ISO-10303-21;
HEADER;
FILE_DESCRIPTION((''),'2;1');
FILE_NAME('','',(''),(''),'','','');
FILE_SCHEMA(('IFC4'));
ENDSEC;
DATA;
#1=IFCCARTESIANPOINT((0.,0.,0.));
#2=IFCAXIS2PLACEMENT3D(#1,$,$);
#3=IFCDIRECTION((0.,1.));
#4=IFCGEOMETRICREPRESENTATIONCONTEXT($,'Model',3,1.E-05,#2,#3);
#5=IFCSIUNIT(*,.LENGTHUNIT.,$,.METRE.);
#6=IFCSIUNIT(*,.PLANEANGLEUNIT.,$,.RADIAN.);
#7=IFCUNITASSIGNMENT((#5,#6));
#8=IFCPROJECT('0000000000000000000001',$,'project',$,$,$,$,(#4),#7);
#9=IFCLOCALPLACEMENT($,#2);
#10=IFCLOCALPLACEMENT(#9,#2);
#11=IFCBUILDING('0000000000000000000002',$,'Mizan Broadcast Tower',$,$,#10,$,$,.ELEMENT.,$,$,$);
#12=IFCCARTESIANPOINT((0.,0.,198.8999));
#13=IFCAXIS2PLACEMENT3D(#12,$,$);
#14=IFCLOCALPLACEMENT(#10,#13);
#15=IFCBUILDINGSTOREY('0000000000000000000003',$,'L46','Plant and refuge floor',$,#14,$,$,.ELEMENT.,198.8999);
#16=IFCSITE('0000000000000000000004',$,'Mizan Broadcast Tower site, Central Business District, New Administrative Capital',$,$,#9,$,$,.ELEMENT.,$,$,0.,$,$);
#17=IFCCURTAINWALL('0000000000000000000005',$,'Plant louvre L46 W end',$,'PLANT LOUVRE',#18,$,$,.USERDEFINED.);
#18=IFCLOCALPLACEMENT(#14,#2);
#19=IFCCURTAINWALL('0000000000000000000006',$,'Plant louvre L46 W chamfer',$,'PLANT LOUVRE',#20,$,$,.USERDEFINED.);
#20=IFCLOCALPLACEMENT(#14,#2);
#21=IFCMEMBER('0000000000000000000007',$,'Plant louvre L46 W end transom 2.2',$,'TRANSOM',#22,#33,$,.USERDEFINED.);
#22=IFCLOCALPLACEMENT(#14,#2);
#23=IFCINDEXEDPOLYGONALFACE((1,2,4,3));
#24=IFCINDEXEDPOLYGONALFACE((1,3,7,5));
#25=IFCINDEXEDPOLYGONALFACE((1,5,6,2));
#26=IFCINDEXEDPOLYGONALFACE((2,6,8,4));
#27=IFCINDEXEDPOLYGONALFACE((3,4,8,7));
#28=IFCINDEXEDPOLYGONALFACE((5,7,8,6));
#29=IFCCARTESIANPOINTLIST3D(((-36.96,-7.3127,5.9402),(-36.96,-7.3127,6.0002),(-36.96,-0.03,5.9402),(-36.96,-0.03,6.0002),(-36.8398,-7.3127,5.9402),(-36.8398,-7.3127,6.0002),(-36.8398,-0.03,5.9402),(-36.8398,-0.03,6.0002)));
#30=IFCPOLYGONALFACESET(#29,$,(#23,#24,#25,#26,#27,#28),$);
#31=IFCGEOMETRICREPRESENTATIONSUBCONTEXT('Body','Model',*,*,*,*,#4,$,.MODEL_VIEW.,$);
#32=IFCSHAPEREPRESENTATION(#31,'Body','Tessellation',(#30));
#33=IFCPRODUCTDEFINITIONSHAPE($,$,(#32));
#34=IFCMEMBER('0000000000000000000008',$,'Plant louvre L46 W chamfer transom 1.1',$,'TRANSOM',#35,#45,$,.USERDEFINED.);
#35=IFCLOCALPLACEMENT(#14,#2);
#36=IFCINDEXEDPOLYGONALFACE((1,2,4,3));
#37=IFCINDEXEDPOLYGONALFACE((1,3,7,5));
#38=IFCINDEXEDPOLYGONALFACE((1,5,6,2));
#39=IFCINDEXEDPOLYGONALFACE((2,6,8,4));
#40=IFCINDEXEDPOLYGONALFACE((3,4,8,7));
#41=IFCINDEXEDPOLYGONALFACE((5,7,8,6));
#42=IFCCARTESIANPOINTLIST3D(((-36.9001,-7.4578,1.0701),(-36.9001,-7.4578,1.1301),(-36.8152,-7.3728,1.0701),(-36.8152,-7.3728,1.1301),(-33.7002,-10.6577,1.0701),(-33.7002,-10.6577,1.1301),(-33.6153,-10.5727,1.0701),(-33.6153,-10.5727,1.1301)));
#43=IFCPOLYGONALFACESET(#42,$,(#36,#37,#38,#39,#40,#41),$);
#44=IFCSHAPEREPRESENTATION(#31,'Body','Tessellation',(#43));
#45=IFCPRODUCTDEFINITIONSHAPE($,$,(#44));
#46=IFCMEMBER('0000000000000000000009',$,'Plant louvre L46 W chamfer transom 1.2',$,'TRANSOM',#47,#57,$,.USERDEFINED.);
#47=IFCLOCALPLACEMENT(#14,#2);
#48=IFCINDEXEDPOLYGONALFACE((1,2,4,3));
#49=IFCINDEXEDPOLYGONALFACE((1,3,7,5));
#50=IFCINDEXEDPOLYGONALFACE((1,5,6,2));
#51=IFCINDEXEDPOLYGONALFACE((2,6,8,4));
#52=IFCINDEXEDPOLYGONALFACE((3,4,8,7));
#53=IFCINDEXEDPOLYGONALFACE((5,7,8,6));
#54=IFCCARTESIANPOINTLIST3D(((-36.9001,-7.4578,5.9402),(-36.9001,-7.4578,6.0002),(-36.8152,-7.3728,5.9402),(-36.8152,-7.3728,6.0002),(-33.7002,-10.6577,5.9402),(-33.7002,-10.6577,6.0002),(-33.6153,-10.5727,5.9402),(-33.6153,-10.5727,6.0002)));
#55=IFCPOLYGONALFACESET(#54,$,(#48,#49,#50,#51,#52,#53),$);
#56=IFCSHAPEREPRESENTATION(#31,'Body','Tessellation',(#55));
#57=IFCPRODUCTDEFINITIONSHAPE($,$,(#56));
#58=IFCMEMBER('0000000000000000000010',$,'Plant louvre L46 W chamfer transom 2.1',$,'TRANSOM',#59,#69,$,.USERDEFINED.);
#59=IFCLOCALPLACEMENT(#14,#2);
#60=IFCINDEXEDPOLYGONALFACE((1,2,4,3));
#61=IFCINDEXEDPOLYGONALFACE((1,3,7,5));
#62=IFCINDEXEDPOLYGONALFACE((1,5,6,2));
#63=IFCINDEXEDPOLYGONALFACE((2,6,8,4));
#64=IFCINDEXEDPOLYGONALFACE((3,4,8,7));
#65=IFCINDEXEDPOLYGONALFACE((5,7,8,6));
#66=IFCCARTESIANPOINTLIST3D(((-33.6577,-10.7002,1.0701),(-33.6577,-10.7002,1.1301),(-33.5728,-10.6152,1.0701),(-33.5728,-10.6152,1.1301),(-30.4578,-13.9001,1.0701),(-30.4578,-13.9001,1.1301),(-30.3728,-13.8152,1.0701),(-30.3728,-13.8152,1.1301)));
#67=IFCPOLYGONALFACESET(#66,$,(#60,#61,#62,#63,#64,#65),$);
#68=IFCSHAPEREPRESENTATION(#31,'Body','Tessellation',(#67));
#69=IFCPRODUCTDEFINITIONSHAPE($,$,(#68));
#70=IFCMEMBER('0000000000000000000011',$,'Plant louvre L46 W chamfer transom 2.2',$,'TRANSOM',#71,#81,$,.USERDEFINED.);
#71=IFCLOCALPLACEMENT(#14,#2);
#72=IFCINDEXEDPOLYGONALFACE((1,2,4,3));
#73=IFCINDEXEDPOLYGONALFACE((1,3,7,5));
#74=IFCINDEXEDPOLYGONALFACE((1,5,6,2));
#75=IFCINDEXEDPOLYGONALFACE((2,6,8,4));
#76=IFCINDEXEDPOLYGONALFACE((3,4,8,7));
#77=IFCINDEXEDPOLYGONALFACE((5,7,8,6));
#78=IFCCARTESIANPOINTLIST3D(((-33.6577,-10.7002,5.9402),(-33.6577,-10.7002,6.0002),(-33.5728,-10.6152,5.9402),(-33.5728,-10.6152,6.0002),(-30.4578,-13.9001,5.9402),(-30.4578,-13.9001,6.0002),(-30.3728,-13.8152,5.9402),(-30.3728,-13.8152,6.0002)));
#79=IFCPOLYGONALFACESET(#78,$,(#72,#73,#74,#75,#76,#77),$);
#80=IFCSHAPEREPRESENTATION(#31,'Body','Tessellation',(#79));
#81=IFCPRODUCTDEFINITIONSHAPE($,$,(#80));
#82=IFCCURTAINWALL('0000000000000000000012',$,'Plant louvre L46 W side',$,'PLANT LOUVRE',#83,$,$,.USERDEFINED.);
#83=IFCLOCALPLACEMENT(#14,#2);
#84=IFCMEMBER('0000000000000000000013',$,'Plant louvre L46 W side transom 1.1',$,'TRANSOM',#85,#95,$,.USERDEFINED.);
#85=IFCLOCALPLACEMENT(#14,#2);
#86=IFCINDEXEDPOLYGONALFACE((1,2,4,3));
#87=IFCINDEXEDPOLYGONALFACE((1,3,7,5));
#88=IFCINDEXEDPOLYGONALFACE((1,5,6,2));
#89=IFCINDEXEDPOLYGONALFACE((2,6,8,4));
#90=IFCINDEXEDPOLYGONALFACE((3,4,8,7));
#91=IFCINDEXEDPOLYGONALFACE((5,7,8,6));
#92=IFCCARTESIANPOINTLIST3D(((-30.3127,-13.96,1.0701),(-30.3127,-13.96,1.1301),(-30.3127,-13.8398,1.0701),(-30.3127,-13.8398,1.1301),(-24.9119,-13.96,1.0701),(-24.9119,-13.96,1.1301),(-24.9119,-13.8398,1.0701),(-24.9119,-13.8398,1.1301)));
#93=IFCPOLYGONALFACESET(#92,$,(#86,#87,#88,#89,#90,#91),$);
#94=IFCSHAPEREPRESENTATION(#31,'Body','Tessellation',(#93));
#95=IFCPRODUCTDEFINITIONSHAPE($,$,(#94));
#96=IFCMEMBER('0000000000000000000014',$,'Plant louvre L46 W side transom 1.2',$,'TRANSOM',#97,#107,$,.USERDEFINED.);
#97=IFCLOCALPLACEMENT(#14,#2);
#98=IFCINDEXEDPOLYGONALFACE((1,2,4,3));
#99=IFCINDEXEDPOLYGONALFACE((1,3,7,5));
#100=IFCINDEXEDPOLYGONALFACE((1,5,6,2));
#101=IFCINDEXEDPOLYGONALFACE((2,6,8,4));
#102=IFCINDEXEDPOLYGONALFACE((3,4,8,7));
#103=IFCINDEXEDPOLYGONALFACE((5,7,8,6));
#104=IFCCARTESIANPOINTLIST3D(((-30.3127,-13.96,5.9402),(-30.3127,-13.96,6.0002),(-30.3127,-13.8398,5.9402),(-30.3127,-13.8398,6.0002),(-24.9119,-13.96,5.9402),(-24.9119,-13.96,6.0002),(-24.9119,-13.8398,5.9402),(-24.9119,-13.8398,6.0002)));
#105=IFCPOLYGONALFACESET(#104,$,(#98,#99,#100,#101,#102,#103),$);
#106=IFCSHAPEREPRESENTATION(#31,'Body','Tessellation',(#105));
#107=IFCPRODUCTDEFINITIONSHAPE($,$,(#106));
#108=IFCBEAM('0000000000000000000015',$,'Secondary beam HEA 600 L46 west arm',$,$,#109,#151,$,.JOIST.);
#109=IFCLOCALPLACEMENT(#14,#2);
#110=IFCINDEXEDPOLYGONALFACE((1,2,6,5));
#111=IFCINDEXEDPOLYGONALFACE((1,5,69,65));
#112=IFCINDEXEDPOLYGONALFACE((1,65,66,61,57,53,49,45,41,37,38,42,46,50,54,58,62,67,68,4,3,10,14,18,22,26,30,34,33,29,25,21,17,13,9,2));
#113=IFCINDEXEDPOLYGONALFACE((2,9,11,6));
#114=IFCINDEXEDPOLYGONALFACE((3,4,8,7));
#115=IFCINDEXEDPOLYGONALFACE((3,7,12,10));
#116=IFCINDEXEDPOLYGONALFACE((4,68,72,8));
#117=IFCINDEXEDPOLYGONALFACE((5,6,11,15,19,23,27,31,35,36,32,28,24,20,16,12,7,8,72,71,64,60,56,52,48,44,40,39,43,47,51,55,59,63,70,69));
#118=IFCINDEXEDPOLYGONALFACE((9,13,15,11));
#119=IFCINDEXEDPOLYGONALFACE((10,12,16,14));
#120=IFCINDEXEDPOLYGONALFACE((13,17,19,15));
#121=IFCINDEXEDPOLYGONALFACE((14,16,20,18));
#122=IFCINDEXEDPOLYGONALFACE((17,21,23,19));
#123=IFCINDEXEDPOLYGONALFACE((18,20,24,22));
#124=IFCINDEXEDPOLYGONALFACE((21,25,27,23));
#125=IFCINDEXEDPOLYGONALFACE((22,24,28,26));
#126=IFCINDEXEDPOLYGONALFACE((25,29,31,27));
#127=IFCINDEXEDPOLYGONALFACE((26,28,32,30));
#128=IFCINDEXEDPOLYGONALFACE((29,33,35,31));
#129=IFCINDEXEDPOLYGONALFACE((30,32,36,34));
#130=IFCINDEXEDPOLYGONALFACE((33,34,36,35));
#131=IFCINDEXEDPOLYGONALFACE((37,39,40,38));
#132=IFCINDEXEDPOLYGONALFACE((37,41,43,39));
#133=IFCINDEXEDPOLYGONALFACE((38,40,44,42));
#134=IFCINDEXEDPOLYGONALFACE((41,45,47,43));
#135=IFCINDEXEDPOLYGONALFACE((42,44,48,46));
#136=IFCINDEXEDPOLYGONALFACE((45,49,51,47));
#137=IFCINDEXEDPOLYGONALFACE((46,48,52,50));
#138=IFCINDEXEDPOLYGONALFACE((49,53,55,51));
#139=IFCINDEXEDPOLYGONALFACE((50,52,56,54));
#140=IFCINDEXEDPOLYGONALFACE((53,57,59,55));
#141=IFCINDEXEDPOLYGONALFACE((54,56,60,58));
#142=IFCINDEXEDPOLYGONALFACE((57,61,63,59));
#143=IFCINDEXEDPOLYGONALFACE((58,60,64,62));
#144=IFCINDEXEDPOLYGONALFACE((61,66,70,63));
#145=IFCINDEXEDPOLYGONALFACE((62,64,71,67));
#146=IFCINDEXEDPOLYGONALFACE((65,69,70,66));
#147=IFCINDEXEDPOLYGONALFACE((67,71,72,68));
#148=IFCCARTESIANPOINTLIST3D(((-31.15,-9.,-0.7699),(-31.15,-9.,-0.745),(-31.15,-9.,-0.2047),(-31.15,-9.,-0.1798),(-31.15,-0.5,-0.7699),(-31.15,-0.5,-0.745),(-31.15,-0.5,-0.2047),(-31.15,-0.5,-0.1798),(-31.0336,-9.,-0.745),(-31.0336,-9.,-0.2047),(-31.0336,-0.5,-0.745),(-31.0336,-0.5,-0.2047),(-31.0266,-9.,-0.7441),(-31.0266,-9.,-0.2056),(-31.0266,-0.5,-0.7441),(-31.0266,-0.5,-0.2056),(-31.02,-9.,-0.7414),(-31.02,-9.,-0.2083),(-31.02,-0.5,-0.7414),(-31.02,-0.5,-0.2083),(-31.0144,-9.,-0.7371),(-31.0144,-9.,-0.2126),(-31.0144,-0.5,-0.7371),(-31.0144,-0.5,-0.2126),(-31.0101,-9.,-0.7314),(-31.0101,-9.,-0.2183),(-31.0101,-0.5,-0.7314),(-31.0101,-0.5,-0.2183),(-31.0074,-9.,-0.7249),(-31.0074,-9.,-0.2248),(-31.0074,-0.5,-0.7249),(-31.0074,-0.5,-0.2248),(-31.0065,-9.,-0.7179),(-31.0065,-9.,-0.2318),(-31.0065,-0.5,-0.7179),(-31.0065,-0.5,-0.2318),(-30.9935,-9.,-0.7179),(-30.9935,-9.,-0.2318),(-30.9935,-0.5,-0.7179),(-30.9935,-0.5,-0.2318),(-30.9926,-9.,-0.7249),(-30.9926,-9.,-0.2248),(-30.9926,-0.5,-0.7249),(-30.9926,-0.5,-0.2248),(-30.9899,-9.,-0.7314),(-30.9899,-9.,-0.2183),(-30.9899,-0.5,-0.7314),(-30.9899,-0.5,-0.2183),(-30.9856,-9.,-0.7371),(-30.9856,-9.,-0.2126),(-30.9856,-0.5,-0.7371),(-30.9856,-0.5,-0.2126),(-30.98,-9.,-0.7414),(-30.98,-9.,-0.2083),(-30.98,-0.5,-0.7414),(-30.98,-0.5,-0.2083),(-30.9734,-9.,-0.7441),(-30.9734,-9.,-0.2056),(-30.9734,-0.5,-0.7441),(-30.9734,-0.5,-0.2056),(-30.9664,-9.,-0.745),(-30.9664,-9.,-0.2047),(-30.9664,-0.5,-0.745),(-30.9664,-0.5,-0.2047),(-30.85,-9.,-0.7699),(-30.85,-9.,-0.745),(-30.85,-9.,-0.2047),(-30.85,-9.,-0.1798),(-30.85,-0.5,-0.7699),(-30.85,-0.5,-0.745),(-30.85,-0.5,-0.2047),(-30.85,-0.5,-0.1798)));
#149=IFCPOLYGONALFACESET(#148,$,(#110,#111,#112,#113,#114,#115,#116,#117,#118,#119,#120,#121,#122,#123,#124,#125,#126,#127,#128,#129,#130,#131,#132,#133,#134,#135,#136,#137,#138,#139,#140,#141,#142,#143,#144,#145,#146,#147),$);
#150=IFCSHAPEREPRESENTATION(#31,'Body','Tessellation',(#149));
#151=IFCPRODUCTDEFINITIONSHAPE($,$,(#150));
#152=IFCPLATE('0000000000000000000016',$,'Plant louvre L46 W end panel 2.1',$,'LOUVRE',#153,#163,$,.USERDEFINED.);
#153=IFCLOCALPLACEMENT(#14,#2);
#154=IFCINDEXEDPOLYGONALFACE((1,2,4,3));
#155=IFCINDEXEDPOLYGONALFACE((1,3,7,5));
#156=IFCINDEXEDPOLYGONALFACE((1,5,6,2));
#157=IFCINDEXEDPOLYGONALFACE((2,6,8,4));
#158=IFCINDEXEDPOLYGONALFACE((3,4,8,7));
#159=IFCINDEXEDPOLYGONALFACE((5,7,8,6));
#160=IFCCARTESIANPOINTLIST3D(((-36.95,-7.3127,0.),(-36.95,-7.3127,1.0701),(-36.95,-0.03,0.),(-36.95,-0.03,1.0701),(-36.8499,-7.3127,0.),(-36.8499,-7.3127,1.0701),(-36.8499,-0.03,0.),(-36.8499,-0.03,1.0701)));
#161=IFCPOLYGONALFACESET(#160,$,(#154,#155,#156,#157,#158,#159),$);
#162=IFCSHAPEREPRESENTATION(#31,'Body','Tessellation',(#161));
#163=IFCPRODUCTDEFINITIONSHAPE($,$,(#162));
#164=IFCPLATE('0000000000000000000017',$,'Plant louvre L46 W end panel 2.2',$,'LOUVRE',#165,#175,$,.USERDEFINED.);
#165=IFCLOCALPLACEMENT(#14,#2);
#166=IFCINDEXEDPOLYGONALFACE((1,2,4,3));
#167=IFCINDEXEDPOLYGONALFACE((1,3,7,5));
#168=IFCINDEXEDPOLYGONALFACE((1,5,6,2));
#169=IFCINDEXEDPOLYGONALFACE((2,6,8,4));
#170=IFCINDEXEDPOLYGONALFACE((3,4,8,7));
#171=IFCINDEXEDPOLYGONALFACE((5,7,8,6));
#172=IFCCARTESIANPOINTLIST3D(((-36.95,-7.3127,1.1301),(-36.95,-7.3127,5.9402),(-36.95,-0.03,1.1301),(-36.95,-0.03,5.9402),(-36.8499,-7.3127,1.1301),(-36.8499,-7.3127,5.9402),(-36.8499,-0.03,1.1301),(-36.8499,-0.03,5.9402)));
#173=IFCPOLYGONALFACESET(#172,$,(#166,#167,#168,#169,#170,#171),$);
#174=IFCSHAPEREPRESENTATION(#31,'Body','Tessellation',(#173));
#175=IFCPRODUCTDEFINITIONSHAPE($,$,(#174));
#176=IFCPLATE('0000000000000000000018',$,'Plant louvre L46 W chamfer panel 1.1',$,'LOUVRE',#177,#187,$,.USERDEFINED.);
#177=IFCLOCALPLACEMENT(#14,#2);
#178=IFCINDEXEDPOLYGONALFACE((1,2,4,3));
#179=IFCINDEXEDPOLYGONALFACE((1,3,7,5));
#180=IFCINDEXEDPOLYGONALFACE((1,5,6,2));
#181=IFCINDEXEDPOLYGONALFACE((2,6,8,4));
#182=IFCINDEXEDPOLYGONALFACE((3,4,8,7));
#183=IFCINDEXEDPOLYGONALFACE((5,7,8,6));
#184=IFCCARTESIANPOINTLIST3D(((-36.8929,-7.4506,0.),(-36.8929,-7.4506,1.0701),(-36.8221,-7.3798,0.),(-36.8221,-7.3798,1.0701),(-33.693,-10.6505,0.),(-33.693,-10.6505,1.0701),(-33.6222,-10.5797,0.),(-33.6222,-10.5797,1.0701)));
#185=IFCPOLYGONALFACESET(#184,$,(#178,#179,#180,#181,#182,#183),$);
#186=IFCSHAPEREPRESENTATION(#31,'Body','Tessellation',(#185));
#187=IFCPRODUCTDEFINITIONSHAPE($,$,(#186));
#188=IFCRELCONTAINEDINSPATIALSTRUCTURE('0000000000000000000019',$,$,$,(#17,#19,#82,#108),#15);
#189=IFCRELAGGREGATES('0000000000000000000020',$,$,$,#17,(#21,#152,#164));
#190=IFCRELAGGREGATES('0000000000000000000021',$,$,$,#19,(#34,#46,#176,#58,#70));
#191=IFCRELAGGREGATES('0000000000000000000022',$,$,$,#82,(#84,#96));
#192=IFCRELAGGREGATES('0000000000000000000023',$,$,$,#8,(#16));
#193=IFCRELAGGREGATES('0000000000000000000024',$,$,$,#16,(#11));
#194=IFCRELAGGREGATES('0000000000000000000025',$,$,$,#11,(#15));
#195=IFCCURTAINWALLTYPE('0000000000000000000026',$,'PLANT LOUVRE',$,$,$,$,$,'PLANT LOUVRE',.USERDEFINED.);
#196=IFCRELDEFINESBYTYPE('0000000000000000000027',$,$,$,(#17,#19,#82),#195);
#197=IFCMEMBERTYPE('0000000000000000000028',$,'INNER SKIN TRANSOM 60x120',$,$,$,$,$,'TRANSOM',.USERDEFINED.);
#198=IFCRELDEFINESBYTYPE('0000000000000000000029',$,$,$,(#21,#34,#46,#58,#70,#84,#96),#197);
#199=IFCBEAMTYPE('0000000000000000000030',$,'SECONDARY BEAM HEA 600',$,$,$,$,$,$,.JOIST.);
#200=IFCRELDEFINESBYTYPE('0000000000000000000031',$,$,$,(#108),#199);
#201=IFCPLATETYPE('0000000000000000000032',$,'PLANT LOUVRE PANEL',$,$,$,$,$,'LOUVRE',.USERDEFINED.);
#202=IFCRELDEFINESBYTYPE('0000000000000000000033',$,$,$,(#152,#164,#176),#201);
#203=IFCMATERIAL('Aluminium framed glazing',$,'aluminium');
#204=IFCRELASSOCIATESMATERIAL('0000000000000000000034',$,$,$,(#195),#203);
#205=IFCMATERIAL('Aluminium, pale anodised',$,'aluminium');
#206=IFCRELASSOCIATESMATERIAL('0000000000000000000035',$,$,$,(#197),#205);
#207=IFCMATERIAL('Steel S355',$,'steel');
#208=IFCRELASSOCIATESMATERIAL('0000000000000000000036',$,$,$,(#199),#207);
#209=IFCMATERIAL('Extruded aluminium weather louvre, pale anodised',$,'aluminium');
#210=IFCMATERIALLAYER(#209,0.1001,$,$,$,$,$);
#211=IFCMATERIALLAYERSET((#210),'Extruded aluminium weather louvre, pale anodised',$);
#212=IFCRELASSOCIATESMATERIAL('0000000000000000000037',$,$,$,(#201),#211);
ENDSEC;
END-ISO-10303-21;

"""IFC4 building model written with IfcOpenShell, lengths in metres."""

from ifc_helpers import new_model, si_unit, direction, frame, origin, origin_2d, place, context, subcontext, project, spatial, rectangle, i_section, extrude, material, layer, layer_set, material_profile, profile_set, type_object, element, aggregate, save


model = new_model("IFC4")

# Units and contexts
model_context = context("Model", 3, precision=1e-05, world=origin(), true_north=direction((0.0, 1.0)))
body_context = subcontext(model_context, "Body", "Model", "MODEL_VIEW")
ifc_project = project(units=[si_unit("LENGTHUNIT", "METRE"), si_unit("PLANEANGLEUNIT", "RADIAN")], contexts=[model_context])

# Site, building, storey
site_placement = place(None, origin())
site = spatial("IfcSite", under=ifc_project, at=site_placement, Name="Mizan Broadcast Tower site, Central Business District, New Administrative Capital", CompositionType="ELEMENT", RefElevation=0.0)
building_placement = place(site_placement, origin())
building = spatial("IfcBuilding", under=site, at=building_placement, Name="Mizan Broadcast Tower", CompositionType="ELEMENT")
storey_placement = place(building_placement, frame((0.0, 0.0, 198.8999)))
storey = spatial("IfcBuildingStorey", under=building, at=storey_placement, Name="L46", Description="Plant and refuge floor", CompositionType="ELEMENT", Elevation=198.8999)

# Curtain walls
ifc_material_1 = material(Name="Aluminium framed glazing", Category="aluminium")
curtain_wall_type = type_object("IfcCurtainWallType", Name="PLANT LOUVRE", ElementType="PLANT LOUVRE", PredefinedType="USERDEFINED", material=ifc_material_1)
curtain_wall_1_placement = place(storey_placement, origin())
curtain_wall_1 = element("IfcCurtainWall", 1, at=curtain_wall_1_placement, inside=storey, type_object=curtain_wall_type, Name="Plant louvre L46 W end", ObjectType="PLANT LOUVRE", PredefinedType="USERDEFINED")
curtain_wall_2_placement = place(storey_placement, origin())
curtain_wall_2 = element("IfcCurtainWall", 2, at=curtain_wall_2_placement, inside=storey, type_object=curtain_wall_type, Name="Plant louvre L46 W chamfer", ObjectType="PLANT LOUVRE", PredefinedType="USERDEFINED")

# Members
ifc_material_2 = material(Name="Aluminium, pale anodised", Category="aluminium")
ifc_material_profile_1 = material_profile(ifc_material_2, rectangle(XDim=0.1201, YDim=0.0601, at=origin_2d()), Name="TRANSOM 120x60")
ifc_profile_set_1 = profile_set([ifc_material_profile_1], Name="Aluminium, pale anodised")
member_type_1 = type_object("IfcMemberType", Name="INNER SKIN TRANSOM 60x120", ElementType="TRANSOM", PredefinedType="USERDEFINED", material=ifc_profile_set_1)
member_1_placement = place(storey_placement, frame((-36.8999, -0.03, 5.9702), z_axis=(0.0, -1.0, 0.0), x_axis=(1.0, 0.0, 0.0)))
member_1 = element("IfcMember", 3, at=member_1_placement, type_object=member_type_1, Name="Plant louvre L46 W end transom 2.2", ObjectType="TRANSOM", PredefinedType="USERDEFINED", context=body_context, shape_type="SweptSolid", body=[
    extrude(rectangle(XDim=0.1201, YDim=0.0601, at=origin_2d()), origin(), (0.0, 0.0, 1.0), 7.2827),
])
member_2_placement = place(storey_placement, frame((-36.8577, -7.4153, 1.1001), z_axis=(0.707107, -0.707107, 0.0), x_axis=(0.707107, 0.707107, 0.0)))
member_2 = element("IfcMember", 4, at=member_2_placement, type_object=member_type_1, Name="Plant louvre L46 W chamfer transom 1.1", ObjectType="TRANSOM", PredefinedType="USERDEFINED", context=body_context, shape_type="SweptSolid", body=[
    extrude(rectangle(XDim=0.1201, YDim=0.0601, at=origin_2d()), origin(), (0.0, 0.0, 1.0), 4.5254),
])
member_3_placement = place(storey_placement, frame((-36.8577, -7.4153, 5.9702), z_axis=(0.707107, -0.707107, 0.0), x_axis=(0.707107, 0.707107, 0.0)))
member_3 = element("IfcMember", 5, at=member_3_placement, type_object=member_type_1, Name="Plant louvre L46 W chamfer transom 1.2", ObjectType="TRANSOM", PredefinedType="USERDEFINED", context=body_context, shape_type="SweptSolid", body=[
    extrude(rectangle(XDim=0.1201, YDim=0.0601, at=origin_2d()), origin(), (0.0, 0.0, 1.0), 4.5254),
])
member_4_placement = place(storey_placement, frame((-33.6152, -10.6577, 1.1001), z_axis=(0.707107, -0.707107, 0.0), x_axis=(0.707107, 0.707107, 0.0)))
member_4 = element("IfcMember", 6, at=member_4_placement, type_object=member_type_1, Name="Plant louvre L46 W chamfer transom 2.1", ObjectType="TRANSOM", PredefinedType="USERDEFINED", context=body_context, shape_type="SweptSolid", body=[
    extrude(rectangle(XDim=0.1201, YDim=0.0601, at=origin_2d()), origin(), (0.0, 0.0, 1.0), 4.5254),
])
member_5_placement = place(storey_placement, frame((-33.6152, -10.6577, 5.9702), z_axis=(0.707107, -0.707107, 0.0), x_axis=(0.707107, 0.707107, 0.0)))
member_5 = element("IfcMember", 7, at=member_5_placement, type_object=member_type_1, Name="Plant louvre L46 W chamfer transom 2.2", ObjectType="TRANSOM", PredefinedType="USERDEFINED", context=body_context, shape_type="SweptSolid", body=[
    extrude(rectangle(XDim=0.1201, YDim=0.0601, at=origin_2d()), origin(), (0.0, 0.0, 1.0), 4.5254),
])

# Curtain wall, members
curtain_wall_3_placement = place(storey_placement, origin())
curtain_wall_3 = element("IfcCurtainWall", 8, at=curtain_wall_3_placement, inside=storey, type_object=curtain_wall_type, Name="Plant louvre L46 W side", ObjectType="PLANT LOUVRE", PredefinedType="USERDEFINED")
member_6_placement = place(storey_placement, frame((-30.3127, -13.8999, 1.1001), z_axis=(1.0, 0.0, 0.0), x_axis=(0.0, 1.0, 0.0)))
member_6 = element("IfcMember", 9, at=member_6_placement, type_object=member_type_1, Name="Plant louvre L46 W side transom 1.1", ObjectType="TRANSOM", PredefinedType="USERDEFINED", context=body_context, shape_type="SweptSolid", body=[
    extrude(rectangle(XDim=0.1201, YDim=0.0601, at=origin_2d()), origin(), (0.0, 0.0, 1.0), 5.4009),
])
member_7_placement = place(storey_placement, frame((-30.3127, -13.8999, 5.9702), z_axis=(1.0, 0.0, 0.0), x_axis=(0.0, 1.0, 0.0)))
member_7 = element("IfcMember", 10, at=member_7_placement, type_object=member_type_1, Name="Plant louvre L46 W side transom 1.2", ObjectType="TRANSOM", PredefinedType="USERDEFINED", context=body_context, shape_type="SweptSolid", body=[
    extrude(rectangle(XDim=0.1201, YDim=0.0601, at=origin_2d()), origin(), (0.0, 0.0, 1.0), 5.4009),
])

# Beam
ifc_material_3 = material(Name="Steel S355", Category="steel")
ifc_material_profile_2 = material_profile(ifc_material_3, i_section(OverallWidth=0.3, OverallDepth=0.5901, WebThickness=0.0129, FlangeThickness=0.0249, FilletRadius=0.0271, at=origin_2d()), Name="HEA 600")
ifc_profile_set_2 = profile_set([ifc_material_profile_2], Name="Steel S355")
beam_type_1 = type_object("IfcBeamType", Name="SECONDARY BEAM HEA 600", PredefinedType="JOIST", material=ifc_profile_set_2)
beam_1_placement = place(storey_placement, frame((-31.0, -9.0, -0.4749), z_axis=(0.0, 1.0, 0.0), x_axis=(-1.0, 0.0, 0.0)))
element("IfcBeam", 11, at=beam_1_placement, inside=storey, type_object=beam_type_1, Name="Secondary beam HEA 600 L46 west arm", PredefinedType="JOIST", context=body_context, shape_type="SweptSolid", body=[
    extrude(i_section(OverallWidth=0.3, OverallDepth=0.5901, WebThickness=0.0129, FlangeThickness=0.0249, FilletRadius=0.0271, at=origin_2d()), origin(), (0.0, 0.0, 1.0), 8.5),
])

# Plates
ifc_material_4 = material(Name="Extruded aluminium weather louvre, pale anodised", Category="aluminium")
ifc_layer = layer(ifc_material_4, 0.1001)
ifc_layer_set = layer_set([ifc_layer], Name="Extruded aluminium weather louvre, pale anodised")
plate_type = type_object("IfcPlateType", Name="PLANT LOUVRE PANEL", ElementType="LOUVRE", PredefinedType="USERDEFINED", material=ifc_layer_set)
plate_1_placement = place(storey_placement, frame((-36.8999, -3.6714, 0.0), z_axis=(0.0, 0.0, 1.0), x_axis=(0.0, -1.0, 0.0)))
plate_1 = element("IfcPlate", 12, at=plate_1_placement, type_object=plate_type, Name="Plant louvre L46 W end panel 2.1", ObjectType="LOUVRE", PredefinedType="USERDEFINED", context=body_context, shape_type="SweptSolid", body=[
    extrude(rectangle(XDim=7.2827, YDim=0.1001, at=origin_2d()), origin(), (0.0, 0.0, 1.0), 1.0701),
])
plate_2_placement = place(storey_placement, frame((-36.8999, -3.6714, 1.1301), z_axis=(0.0, 0.0, 1.0), x_axis=(0.0, -1.0, 0.0)))
plate_2 = element("IfcPlate", 13, at=plate_2_placement, type_object=plate_type, Name="Plant louvre L46 W end panel 2.2", ObjectType="LOUVRE", PredefinedType="USERDEFINED", context=body_context, shape_type="SweptSolid", body=[
    extrude(rectangle(XDim=7.2827, YDim=0.1001, at=origin_2d()), origin(), (0.0, 0.0, 1.0), 4.8101),
])
aggregate(curtain_wall_1, [member_1, plate_1, plate_2])
plate_3_placement = place(storey_placement, frame((-35.2576, -9.0151, 0.0), z_axis=(0.0, 0.0, 1.0), x_axis=(0.707107, -0.707107, 0.0)))
plate_3 = element("IfcPlate", 14, at=plate_3_placement, type_object=plate_type, Name="Plant louvre L46 W chamfer panel 1.1", ObjectType="LOUVRE", PredefinedType="USERDEFINED", context=body_context, shape_type="SweptSolid", body=[
    extrude(rectangle(XDim=4.5254, YDim=0.1001, at=origin_2d()), origin(), (0.0, 0.0, 1.0), 1.0701),
])
aggregate(curtain_wall_2, [member_2, member_3, plate_3, member_4, member_5])
aggregate(curtain_wall_3, [member_6, member_7])

save(model, "model.ifc")
